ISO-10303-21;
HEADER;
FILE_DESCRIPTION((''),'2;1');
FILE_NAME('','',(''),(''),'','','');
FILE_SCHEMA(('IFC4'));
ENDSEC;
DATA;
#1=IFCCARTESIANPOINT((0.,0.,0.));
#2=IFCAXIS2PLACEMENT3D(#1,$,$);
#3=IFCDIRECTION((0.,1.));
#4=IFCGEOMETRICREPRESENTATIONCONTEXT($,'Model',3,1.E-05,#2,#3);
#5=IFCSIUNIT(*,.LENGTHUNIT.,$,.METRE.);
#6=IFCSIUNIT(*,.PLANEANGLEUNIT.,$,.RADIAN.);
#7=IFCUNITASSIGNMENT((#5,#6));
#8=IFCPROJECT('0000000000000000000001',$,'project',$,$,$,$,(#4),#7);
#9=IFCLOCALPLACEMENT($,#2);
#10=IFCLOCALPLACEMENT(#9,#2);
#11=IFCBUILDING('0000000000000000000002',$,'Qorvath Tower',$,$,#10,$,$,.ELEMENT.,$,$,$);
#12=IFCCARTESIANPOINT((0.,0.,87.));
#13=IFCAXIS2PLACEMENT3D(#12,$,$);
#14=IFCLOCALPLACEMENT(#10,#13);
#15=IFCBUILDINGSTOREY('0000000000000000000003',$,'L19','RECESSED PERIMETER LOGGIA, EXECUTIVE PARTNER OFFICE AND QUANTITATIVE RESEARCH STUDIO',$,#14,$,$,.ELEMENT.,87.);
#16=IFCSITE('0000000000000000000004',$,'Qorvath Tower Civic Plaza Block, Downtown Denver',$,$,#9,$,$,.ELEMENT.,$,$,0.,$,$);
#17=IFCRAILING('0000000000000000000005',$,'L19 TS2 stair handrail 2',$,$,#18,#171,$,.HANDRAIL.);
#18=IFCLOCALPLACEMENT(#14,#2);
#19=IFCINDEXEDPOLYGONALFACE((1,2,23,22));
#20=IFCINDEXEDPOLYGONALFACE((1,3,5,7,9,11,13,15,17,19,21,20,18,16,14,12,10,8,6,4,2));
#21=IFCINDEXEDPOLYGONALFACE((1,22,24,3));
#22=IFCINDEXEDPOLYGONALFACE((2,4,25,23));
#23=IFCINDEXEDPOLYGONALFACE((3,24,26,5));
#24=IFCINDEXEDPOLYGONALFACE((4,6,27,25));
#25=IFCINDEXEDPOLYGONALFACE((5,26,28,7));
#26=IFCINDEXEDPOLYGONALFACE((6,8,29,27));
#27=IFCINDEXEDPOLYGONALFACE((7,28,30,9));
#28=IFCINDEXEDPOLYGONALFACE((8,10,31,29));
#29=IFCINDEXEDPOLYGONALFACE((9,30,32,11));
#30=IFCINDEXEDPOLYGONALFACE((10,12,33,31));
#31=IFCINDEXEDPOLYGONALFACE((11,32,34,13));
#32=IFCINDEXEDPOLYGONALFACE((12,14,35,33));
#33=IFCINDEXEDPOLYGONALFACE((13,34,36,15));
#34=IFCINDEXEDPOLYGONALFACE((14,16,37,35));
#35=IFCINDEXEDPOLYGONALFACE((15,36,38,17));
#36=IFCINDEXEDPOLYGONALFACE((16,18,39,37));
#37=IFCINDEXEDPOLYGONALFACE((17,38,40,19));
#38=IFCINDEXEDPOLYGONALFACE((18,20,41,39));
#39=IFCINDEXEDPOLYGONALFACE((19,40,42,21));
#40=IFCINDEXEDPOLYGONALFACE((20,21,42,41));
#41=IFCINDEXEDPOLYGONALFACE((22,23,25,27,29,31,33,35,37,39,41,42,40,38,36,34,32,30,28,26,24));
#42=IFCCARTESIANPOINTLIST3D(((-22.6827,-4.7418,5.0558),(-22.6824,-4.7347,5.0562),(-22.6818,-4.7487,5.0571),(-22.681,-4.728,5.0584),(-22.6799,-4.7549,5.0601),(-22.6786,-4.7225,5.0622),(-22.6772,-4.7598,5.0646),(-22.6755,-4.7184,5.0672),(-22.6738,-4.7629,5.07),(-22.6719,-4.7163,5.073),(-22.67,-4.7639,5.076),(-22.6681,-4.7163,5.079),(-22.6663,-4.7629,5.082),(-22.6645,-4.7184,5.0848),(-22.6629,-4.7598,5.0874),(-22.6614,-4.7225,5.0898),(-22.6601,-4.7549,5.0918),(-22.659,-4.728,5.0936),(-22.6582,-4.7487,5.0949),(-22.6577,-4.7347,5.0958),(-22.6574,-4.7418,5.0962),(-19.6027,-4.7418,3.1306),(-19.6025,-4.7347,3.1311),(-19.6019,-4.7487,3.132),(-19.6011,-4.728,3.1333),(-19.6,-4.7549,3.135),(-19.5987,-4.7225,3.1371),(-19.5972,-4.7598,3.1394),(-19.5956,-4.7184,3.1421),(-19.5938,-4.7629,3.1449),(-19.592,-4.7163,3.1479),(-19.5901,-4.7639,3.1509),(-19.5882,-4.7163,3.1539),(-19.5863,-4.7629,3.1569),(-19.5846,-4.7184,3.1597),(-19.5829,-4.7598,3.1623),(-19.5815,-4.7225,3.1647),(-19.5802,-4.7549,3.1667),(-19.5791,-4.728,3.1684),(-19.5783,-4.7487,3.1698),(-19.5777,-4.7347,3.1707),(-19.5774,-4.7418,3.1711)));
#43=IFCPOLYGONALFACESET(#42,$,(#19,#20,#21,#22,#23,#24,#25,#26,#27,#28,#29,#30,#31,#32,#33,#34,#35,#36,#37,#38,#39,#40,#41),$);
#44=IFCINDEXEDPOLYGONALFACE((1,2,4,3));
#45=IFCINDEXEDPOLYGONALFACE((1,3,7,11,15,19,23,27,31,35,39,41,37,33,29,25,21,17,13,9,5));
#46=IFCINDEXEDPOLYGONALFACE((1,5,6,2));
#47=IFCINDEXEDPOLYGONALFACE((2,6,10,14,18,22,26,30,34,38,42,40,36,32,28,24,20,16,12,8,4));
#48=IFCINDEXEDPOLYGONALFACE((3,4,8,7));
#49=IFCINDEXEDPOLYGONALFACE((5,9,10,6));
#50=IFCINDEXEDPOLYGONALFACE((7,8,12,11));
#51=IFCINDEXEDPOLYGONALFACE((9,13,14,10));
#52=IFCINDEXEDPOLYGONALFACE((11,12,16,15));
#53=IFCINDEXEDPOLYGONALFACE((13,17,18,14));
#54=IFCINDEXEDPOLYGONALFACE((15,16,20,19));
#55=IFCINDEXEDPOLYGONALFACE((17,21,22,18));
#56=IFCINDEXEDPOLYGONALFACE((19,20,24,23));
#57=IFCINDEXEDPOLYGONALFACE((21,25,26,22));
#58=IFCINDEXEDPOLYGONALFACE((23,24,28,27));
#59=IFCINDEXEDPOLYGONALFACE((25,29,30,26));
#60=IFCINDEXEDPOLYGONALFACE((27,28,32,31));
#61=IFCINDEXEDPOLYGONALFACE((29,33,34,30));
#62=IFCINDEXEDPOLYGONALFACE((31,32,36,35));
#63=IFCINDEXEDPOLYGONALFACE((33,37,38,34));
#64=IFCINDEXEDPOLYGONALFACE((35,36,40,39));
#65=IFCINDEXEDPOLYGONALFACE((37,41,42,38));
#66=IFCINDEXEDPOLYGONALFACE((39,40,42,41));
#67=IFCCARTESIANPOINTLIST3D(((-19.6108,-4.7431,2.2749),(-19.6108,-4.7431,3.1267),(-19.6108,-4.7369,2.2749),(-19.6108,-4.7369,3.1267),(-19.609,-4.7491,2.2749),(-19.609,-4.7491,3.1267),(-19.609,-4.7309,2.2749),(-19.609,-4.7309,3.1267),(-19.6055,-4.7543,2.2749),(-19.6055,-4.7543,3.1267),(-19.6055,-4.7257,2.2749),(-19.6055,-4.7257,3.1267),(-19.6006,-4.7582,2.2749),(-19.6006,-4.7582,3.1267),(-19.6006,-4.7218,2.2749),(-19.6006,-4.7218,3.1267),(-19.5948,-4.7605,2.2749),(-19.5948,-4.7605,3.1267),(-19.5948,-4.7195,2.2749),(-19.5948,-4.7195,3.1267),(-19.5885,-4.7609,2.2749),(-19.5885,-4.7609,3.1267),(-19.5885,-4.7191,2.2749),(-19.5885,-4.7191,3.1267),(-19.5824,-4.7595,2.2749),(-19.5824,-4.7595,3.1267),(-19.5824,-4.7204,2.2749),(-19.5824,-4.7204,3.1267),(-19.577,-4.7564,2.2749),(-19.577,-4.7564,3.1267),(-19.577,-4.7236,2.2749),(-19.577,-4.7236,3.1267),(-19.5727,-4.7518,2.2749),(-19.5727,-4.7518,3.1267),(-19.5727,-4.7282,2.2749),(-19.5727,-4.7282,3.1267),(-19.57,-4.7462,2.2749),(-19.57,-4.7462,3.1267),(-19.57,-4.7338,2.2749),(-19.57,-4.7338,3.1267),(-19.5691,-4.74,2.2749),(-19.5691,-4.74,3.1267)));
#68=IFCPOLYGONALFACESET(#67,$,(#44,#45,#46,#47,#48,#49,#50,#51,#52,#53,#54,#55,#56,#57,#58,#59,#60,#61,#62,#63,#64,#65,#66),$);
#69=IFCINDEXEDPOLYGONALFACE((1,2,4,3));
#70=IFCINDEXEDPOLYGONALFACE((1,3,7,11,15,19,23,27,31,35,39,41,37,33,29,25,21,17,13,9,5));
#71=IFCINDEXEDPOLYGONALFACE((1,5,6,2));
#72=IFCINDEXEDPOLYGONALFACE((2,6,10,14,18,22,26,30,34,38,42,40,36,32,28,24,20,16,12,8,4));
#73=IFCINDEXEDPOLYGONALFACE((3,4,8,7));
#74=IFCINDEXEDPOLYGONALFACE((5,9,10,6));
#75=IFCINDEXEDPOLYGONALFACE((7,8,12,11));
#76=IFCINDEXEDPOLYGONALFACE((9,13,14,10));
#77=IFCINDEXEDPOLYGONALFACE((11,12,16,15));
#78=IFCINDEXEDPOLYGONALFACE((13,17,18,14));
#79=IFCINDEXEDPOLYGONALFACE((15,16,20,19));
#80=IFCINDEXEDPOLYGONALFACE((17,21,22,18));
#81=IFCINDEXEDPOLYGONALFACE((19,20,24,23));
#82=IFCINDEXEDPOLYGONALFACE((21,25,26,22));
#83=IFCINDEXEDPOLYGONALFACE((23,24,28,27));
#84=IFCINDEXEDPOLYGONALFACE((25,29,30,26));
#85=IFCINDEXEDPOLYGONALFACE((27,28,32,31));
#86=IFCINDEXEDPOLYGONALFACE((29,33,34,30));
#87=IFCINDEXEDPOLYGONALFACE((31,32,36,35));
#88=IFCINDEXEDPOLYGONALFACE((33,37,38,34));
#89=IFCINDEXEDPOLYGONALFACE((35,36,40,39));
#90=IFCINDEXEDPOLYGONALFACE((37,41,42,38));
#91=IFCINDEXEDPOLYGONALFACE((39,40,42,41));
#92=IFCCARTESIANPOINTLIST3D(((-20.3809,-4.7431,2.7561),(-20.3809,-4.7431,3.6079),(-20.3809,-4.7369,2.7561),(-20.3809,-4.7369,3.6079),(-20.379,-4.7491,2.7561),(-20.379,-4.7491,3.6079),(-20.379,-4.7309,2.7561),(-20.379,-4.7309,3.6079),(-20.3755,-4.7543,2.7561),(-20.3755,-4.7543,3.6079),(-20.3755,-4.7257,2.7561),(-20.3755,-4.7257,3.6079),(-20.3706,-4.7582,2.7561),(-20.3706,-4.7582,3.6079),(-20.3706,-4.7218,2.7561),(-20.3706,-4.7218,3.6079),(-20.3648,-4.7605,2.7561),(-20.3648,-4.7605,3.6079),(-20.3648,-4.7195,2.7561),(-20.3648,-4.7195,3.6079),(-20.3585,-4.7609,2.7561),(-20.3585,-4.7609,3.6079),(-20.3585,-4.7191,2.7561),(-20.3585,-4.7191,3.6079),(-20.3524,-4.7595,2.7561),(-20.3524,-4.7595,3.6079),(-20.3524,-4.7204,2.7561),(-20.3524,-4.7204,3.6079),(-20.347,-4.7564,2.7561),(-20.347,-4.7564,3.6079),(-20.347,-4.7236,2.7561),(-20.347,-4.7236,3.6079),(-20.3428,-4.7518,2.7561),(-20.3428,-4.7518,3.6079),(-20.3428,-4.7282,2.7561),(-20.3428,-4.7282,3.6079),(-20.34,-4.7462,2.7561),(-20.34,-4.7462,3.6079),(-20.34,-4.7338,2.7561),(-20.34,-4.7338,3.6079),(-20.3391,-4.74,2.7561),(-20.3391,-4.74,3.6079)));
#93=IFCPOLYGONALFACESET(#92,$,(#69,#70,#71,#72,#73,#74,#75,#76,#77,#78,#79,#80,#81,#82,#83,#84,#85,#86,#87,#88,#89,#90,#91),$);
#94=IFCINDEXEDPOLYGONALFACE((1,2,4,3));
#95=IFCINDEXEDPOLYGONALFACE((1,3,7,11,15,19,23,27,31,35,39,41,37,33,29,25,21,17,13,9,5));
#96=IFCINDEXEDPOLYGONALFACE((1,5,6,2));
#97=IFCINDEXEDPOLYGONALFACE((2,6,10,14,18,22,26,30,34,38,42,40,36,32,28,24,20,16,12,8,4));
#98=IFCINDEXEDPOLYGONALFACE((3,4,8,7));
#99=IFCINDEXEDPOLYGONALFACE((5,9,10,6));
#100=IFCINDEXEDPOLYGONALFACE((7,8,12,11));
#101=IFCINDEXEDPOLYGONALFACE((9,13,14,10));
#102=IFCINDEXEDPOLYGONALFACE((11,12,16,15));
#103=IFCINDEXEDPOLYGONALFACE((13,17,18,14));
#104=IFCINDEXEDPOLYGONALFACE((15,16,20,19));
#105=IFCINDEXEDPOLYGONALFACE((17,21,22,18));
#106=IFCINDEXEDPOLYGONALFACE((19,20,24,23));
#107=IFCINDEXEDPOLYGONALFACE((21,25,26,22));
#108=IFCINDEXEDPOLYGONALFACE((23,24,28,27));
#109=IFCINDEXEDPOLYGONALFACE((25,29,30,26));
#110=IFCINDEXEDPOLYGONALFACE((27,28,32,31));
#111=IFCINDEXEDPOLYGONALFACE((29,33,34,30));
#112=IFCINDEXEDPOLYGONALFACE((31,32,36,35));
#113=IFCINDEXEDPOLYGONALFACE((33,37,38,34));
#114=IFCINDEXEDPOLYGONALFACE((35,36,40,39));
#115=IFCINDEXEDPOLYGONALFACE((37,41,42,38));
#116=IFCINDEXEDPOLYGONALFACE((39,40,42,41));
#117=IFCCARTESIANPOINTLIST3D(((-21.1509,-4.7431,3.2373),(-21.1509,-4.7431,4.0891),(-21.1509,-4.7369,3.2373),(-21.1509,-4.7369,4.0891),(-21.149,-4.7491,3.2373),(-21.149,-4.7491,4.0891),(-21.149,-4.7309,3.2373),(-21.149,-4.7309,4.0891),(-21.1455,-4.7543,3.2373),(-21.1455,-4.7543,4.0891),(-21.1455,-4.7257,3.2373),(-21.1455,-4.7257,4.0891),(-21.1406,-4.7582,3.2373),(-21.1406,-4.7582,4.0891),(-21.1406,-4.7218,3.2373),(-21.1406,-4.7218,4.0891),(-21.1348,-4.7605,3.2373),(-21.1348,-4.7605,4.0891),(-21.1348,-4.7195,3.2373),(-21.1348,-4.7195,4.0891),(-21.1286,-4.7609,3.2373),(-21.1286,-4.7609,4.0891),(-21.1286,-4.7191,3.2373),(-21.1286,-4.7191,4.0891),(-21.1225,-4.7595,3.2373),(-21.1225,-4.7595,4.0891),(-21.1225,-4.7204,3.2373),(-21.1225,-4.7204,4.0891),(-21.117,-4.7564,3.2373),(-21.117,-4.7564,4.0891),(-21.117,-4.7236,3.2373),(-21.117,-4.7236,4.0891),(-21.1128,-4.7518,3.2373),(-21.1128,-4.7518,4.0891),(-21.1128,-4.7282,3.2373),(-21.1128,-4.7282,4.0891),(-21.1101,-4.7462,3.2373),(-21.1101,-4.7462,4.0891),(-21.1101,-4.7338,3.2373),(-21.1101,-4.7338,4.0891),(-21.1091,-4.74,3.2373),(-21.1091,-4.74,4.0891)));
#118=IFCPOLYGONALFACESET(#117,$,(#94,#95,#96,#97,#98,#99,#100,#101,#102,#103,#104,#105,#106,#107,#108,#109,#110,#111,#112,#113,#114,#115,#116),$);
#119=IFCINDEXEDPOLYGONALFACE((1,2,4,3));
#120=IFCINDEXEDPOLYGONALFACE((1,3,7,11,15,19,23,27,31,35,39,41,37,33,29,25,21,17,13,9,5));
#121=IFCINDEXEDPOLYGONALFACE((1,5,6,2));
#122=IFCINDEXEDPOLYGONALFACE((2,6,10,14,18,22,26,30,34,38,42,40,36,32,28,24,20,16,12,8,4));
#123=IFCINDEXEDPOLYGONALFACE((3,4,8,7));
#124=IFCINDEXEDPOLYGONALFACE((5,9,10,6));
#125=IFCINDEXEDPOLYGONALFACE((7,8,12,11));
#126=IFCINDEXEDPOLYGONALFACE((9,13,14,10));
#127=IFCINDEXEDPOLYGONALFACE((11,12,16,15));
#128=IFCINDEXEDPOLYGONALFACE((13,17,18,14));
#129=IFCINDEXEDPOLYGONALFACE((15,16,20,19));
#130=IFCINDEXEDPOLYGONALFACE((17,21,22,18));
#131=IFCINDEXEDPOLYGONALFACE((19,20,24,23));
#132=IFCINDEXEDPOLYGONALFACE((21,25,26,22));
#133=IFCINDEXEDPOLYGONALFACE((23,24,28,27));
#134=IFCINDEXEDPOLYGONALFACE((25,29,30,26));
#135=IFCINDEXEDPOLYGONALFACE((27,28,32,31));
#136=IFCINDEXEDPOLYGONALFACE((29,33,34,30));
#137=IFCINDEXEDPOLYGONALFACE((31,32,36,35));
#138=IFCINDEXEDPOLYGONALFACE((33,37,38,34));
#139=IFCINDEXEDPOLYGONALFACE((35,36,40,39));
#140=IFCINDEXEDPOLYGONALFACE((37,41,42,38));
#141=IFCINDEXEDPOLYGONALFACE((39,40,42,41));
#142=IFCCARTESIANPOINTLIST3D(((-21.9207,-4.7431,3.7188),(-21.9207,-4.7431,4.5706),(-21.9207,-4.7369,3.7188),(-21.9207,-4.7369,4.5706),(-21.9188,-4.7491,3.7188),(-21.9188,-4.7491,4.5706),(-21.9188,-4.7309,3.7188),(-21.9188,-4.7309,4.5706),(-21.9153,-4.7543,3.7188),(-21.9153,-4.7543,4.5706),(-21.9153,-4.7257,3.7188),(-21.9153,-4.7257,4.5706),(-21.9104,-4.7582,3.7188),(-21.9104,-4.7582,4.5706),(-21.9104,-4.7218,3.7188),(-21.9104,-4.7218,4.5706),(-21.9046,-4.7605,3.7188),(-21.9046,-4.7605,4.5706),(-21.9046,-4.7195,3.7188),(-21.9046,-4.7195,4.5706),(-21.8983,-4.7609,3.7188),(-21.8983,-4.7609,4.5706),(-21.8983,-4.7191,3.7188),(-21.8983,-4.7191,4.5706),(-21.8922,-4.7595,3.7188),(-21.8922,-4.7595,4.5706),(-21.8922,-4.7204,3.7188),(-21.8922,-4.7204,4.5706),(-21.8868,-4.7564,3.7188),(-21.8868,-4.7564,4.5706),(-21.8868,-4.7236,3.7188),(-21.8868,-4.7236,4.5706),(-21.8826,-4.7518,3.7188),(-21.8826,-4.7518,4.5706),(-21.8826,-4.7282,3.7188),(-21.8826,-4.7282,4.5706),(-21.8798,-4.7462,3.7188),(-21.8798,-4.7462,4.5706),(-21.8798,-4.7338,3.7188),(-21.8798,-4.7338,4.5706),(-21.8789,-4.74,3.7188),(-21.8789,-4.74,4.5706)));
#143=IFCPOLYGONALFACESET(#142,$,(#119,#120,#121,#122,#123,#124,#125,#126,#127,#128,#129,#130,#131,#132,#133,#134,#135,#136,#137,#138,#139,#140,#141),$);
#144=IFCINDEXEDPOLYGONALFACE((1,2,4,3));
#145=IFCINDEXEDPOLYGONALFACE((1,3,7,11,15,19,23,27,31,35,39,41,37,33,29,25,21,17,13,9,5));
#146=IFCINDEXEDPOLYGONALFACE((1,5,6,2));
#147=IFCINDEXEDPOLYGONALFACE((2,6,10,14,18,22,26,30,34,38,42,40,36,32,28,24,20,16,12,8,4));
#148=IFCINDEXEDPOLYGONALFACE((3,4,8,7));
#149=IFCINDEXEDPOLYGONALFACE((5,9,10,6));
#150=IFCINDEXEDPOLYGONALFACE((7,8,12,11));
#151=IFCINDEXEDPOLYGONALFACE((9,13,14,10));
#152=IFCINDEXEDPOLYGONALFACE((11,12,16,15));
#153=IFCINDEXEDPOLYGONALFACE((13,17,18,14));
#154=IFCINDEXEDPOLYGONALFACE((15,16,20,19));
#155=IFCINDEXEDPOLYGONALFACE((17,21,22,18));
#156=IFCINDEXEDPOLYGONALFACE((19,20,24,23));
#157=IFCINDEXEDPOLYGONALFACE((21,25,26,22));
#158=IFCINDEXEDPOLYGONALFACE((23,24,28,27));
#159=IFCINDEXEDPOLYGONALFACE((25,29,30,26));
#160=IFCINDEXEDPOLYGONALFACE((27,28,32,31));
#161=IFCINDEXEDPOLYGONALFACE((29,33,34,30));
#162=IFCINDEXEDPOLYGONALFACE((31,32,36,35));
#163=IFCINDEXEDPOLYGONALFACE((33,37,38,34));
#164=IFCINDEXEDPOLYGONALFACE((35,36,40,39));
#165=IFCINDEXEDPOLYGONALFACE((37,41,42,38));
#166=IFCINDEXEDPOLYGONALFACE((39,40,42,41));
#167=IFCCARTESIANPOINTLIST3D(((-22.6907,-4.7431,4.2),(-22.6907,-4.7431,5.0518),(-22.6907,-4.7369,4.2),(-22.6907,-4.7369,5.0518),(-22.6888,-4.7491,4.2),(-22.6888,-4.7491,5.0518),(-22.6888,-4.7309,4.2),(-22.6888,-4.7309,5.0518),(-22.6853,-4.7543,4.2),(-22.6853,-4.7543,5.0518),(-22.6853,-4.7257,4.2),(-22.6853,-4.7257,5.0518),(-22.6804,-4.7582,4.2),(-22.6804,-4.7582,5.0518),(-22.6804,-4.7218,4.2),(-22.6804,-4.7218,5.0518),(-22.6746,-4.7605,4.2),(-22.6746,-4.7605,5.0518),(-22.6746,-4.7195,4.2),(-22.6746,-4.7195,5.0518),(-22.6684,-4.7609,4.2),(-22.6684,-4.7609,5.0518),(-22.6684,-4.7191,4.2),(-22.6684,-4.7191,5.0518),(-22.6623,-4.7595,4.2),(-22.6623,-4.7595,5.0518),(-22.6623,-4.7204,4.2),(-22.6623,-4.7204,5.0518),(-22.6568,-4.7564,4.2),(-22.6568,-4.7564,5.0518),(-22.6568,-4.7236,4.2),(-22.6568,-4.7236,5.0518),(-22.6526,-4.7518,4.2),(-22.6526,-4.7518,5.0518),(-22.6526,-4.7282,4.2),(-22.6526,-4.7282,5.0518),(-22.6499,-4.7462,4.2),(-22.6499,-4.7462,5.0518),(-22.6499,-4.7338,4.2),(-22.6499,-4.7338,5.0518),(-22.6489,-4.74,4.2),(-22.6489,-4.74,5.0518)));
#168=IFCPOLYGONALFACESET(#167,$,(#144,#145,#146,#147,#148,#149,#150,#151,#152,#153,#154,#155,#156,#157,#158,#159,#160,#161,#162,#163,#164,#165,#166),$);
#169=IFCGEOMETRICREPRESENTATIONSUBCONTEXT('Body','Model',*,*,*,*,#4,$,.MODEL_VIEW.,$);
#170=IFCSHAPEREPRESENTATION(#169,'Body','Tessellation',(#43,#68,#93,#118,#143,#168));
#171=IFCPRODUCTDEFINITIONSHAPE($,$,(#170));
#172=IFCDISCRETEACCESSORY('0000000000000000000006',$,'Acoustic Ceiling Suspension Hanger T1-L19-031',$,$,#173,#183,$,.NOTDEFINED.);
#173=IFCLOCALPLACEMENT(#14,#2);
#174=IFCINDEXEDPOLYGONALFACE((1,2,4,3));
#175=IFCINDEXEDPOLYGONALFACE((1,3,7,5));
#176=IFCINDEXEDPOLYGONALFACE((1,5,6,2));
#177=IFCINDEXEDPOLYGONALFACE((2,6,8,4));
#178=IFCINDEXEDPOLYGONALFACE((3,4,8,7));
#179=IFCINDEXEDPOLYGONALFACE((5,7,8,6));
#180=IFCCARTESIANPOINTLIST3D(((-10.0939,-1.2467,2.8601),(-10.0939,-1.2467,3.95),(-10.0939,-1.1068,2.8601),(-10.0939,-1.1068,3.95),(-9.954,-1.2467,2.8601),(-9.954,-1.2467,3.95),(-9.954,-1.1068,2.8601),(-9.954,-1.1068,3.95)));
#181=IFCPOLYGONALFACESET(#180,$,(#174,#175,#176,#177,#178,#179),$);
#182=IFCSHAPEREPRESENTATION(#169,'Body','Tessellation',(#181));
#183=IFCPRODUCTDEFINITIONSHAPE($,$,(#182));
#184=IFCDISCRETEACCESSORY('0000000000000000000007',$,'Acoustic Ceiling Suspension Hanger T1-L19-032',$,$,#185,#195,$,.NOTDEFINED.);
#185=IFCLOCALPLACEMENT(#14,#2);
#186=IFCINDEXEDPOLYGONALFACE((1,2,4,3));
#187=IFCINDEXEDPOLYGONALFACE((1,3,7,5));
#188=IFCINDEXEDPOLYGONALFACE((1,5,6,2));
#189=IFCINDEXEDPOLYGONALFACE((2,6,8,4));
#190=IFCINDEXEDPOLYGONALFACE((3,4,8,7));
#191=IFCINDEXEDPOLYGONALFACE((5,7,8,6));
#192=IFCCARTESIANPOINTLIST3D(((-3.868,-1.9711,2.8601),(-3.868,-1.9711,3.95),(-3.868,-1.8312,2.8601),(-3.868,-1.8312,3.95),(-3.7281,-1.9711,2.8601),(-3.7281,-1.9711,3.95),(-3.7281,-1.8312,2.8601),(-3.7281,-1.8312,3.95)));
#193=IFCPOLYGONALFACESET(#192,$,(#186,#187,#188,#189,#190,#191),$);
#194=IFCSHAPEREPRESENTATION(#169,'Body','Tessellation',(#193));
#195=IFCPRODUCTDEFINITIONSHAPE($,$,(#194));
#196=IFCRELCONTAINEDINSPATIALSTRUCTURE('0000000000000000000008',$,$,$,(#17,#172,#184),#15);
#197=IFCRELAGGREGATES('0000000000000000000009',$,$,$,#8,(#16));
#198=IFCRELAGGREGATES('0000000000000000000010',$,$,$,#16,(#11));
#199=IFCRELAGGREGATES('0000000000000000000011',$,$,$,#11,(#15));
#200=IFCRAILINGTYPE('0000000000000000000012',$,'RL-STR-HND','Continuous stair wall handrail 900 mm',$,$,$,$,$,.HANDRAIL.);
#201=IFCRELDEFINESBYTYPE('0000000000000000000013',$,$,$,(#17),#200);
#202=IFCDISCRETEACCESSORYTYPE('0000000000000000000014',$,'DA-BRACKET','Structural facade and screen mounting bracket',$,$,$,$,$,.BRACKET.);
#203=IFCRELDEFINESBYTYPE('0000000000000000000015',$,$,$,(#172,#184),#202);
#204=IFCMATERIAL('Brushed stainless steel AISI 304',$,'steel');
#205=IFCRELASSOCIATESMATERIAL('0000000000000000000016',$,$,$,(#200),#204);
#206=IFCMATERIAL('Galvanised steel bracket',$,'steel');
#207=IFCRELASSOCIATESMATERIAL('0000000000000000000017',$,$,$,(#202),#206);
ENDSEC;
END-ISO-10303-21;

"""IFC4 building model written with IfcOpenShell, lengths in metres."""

from ifc_helpers import new_model, si_unit, direction, frame, origin, origin_2d, place, context, subcontext, project, spatial, rectangle, circle, extrude, material, type_object, element, save


model = new_model("IFC4")

# Units and contexts
model_context = context("Model", 3, precision=1e-05, world=origin(), true_north=direction((0.0, 1.0)))
body_context = subcontext(model_context, "Body", "Model", "MODEL_VIEW")
ifc_project = project(units=[si_unit("LENGTHUNIT", "METRE"), si_unit("PLANEANGLEUNIT", "RADIAN")], contexts=[model_context])

# Site, building, storey
site_placement = place(None, origin())
site = spatial("IfcSite", under=ifc_project, at=site_placement, Name="Qorvath Tower Civic Plaza Block, Downtown Denver", CompositionType="ELEMENT", RefElevation=0.0)
building_placement = place(site_placement, origin())
building = spatial("IfcBuilding", under=site, at=building_placement, Name="Qorvath Tower", CompositionType="ELEMENT")
storey_placement = place(building_placement, frame((0.0, 0.0, 87.0)))
storey = spatial("IfcBuildingStorey", under=building, at=storey_placement, Name="L19", Description="RECESSED PERIMETER LOGGIA, EXECUTIVE PARTNER OFFICE AND QUANTITATIVE RESEARCH STUDIO", CompositionType="ELEMENT", Elevation=87.0)

# Railing
ifc_material_1 = material(Name="Brushed stainless steel AISI 304", Category="steel")
railing_type = type_object("IfcRailingType", Name="RL-STR-HND", Description="Continuous stair wall handrail 900 mm", PredefinedType="HANDRAIL", material=ifc_material_1)
railing_placement = place(storey_placement, frame((-19.5901, -4.74, 2.2749)))
element("IfcRailing", 1, at=railing_placement, inside=storey, type_object=railing_type, Name="L19 TS2 stair handrail 2", PredefinedType="HANDRAIL", context=body_context, shape_type="SweptSolid", body=[
    extrude(circle(Radius=0.0239, at=origin_2d()), frame((0.0, 0.0, 0.876), z_axis=(-0.847979, 0.0, 0.530029), x_axis=(0.0, -1.0, 0.0)), (0.0, 0.0, 1.0), 3.6321),
    extrude(circle(Radius=0.021, at=origin_2d()), origin(), (0.0, 0.0, 1.0), 0.8518),
    extrude(circle(Radius=0.021, at=origin_2d()), frame((-0.77, 0.0, 0.4812)), (0.0, 0.0, 1.0), 0.8518),
    extrude(circle(Radius=0.021, at=origin_2d()), frame((-1.54, 0.0, 0.9624)), (0.0, 0.0, 1.0), 0.8518),
    extrude(circle(Radius=0.021, at=origin_2d()), frame((-2.3098, 0.0, 1.4438)), (0.0, 0.0, 1.0), 0.8518),
    extrude(circle(Radius=0.021, at=origin_2d()), frame((-3.0798, 0.0, 1.925)), (0.0, 0.0, 1.0), 0.8518),
])

# Discrete accessories
ifc_material_2 = material(Name="Galvanised steel bracket", Category="steel")
discrete_accessory_type = type_object("IfcDiscreteAccessoryType", Name="DA-BRACKET", Description="Structural facade and screen mounting bracket", PredefinedType="BRACKET", material=ifc_material_2)
for number, where, z_axis, x_axis, name in (
    (2, (-10.0239, -1.1768, 2.8601), (0.0, 0.0, 1.0), (1.0, 0.0, 0.0), "Acoustic Ceiling Suspension Hanger T1-L19-031"),
    (3, (-3.7981, -1.9011, 2.8601), (0.0, 0.0, 1.0), (1.0, 0.0, 0.0), "Acoustic Ceiling Suspension Hanger T1-L19-032"),
):
    element("IfcDiscreteAccessory", number, at=place(storey_placement, frame(where, z_axis=z_axis, x_axis=x_axis)), inside=storey, type_object=discrete_accessory_type, Name=name, PredefinedType="NOTDEFINED", context=body_context, shape_type="SweptSolid", body=[
        extrude(rectangle(XDim=0.1399, YDim=0.1399, at=origin_2d()), origin(), (0.0, 0.0, 1.0), 1.0898),
    ])

save(model, "model.ifc")
